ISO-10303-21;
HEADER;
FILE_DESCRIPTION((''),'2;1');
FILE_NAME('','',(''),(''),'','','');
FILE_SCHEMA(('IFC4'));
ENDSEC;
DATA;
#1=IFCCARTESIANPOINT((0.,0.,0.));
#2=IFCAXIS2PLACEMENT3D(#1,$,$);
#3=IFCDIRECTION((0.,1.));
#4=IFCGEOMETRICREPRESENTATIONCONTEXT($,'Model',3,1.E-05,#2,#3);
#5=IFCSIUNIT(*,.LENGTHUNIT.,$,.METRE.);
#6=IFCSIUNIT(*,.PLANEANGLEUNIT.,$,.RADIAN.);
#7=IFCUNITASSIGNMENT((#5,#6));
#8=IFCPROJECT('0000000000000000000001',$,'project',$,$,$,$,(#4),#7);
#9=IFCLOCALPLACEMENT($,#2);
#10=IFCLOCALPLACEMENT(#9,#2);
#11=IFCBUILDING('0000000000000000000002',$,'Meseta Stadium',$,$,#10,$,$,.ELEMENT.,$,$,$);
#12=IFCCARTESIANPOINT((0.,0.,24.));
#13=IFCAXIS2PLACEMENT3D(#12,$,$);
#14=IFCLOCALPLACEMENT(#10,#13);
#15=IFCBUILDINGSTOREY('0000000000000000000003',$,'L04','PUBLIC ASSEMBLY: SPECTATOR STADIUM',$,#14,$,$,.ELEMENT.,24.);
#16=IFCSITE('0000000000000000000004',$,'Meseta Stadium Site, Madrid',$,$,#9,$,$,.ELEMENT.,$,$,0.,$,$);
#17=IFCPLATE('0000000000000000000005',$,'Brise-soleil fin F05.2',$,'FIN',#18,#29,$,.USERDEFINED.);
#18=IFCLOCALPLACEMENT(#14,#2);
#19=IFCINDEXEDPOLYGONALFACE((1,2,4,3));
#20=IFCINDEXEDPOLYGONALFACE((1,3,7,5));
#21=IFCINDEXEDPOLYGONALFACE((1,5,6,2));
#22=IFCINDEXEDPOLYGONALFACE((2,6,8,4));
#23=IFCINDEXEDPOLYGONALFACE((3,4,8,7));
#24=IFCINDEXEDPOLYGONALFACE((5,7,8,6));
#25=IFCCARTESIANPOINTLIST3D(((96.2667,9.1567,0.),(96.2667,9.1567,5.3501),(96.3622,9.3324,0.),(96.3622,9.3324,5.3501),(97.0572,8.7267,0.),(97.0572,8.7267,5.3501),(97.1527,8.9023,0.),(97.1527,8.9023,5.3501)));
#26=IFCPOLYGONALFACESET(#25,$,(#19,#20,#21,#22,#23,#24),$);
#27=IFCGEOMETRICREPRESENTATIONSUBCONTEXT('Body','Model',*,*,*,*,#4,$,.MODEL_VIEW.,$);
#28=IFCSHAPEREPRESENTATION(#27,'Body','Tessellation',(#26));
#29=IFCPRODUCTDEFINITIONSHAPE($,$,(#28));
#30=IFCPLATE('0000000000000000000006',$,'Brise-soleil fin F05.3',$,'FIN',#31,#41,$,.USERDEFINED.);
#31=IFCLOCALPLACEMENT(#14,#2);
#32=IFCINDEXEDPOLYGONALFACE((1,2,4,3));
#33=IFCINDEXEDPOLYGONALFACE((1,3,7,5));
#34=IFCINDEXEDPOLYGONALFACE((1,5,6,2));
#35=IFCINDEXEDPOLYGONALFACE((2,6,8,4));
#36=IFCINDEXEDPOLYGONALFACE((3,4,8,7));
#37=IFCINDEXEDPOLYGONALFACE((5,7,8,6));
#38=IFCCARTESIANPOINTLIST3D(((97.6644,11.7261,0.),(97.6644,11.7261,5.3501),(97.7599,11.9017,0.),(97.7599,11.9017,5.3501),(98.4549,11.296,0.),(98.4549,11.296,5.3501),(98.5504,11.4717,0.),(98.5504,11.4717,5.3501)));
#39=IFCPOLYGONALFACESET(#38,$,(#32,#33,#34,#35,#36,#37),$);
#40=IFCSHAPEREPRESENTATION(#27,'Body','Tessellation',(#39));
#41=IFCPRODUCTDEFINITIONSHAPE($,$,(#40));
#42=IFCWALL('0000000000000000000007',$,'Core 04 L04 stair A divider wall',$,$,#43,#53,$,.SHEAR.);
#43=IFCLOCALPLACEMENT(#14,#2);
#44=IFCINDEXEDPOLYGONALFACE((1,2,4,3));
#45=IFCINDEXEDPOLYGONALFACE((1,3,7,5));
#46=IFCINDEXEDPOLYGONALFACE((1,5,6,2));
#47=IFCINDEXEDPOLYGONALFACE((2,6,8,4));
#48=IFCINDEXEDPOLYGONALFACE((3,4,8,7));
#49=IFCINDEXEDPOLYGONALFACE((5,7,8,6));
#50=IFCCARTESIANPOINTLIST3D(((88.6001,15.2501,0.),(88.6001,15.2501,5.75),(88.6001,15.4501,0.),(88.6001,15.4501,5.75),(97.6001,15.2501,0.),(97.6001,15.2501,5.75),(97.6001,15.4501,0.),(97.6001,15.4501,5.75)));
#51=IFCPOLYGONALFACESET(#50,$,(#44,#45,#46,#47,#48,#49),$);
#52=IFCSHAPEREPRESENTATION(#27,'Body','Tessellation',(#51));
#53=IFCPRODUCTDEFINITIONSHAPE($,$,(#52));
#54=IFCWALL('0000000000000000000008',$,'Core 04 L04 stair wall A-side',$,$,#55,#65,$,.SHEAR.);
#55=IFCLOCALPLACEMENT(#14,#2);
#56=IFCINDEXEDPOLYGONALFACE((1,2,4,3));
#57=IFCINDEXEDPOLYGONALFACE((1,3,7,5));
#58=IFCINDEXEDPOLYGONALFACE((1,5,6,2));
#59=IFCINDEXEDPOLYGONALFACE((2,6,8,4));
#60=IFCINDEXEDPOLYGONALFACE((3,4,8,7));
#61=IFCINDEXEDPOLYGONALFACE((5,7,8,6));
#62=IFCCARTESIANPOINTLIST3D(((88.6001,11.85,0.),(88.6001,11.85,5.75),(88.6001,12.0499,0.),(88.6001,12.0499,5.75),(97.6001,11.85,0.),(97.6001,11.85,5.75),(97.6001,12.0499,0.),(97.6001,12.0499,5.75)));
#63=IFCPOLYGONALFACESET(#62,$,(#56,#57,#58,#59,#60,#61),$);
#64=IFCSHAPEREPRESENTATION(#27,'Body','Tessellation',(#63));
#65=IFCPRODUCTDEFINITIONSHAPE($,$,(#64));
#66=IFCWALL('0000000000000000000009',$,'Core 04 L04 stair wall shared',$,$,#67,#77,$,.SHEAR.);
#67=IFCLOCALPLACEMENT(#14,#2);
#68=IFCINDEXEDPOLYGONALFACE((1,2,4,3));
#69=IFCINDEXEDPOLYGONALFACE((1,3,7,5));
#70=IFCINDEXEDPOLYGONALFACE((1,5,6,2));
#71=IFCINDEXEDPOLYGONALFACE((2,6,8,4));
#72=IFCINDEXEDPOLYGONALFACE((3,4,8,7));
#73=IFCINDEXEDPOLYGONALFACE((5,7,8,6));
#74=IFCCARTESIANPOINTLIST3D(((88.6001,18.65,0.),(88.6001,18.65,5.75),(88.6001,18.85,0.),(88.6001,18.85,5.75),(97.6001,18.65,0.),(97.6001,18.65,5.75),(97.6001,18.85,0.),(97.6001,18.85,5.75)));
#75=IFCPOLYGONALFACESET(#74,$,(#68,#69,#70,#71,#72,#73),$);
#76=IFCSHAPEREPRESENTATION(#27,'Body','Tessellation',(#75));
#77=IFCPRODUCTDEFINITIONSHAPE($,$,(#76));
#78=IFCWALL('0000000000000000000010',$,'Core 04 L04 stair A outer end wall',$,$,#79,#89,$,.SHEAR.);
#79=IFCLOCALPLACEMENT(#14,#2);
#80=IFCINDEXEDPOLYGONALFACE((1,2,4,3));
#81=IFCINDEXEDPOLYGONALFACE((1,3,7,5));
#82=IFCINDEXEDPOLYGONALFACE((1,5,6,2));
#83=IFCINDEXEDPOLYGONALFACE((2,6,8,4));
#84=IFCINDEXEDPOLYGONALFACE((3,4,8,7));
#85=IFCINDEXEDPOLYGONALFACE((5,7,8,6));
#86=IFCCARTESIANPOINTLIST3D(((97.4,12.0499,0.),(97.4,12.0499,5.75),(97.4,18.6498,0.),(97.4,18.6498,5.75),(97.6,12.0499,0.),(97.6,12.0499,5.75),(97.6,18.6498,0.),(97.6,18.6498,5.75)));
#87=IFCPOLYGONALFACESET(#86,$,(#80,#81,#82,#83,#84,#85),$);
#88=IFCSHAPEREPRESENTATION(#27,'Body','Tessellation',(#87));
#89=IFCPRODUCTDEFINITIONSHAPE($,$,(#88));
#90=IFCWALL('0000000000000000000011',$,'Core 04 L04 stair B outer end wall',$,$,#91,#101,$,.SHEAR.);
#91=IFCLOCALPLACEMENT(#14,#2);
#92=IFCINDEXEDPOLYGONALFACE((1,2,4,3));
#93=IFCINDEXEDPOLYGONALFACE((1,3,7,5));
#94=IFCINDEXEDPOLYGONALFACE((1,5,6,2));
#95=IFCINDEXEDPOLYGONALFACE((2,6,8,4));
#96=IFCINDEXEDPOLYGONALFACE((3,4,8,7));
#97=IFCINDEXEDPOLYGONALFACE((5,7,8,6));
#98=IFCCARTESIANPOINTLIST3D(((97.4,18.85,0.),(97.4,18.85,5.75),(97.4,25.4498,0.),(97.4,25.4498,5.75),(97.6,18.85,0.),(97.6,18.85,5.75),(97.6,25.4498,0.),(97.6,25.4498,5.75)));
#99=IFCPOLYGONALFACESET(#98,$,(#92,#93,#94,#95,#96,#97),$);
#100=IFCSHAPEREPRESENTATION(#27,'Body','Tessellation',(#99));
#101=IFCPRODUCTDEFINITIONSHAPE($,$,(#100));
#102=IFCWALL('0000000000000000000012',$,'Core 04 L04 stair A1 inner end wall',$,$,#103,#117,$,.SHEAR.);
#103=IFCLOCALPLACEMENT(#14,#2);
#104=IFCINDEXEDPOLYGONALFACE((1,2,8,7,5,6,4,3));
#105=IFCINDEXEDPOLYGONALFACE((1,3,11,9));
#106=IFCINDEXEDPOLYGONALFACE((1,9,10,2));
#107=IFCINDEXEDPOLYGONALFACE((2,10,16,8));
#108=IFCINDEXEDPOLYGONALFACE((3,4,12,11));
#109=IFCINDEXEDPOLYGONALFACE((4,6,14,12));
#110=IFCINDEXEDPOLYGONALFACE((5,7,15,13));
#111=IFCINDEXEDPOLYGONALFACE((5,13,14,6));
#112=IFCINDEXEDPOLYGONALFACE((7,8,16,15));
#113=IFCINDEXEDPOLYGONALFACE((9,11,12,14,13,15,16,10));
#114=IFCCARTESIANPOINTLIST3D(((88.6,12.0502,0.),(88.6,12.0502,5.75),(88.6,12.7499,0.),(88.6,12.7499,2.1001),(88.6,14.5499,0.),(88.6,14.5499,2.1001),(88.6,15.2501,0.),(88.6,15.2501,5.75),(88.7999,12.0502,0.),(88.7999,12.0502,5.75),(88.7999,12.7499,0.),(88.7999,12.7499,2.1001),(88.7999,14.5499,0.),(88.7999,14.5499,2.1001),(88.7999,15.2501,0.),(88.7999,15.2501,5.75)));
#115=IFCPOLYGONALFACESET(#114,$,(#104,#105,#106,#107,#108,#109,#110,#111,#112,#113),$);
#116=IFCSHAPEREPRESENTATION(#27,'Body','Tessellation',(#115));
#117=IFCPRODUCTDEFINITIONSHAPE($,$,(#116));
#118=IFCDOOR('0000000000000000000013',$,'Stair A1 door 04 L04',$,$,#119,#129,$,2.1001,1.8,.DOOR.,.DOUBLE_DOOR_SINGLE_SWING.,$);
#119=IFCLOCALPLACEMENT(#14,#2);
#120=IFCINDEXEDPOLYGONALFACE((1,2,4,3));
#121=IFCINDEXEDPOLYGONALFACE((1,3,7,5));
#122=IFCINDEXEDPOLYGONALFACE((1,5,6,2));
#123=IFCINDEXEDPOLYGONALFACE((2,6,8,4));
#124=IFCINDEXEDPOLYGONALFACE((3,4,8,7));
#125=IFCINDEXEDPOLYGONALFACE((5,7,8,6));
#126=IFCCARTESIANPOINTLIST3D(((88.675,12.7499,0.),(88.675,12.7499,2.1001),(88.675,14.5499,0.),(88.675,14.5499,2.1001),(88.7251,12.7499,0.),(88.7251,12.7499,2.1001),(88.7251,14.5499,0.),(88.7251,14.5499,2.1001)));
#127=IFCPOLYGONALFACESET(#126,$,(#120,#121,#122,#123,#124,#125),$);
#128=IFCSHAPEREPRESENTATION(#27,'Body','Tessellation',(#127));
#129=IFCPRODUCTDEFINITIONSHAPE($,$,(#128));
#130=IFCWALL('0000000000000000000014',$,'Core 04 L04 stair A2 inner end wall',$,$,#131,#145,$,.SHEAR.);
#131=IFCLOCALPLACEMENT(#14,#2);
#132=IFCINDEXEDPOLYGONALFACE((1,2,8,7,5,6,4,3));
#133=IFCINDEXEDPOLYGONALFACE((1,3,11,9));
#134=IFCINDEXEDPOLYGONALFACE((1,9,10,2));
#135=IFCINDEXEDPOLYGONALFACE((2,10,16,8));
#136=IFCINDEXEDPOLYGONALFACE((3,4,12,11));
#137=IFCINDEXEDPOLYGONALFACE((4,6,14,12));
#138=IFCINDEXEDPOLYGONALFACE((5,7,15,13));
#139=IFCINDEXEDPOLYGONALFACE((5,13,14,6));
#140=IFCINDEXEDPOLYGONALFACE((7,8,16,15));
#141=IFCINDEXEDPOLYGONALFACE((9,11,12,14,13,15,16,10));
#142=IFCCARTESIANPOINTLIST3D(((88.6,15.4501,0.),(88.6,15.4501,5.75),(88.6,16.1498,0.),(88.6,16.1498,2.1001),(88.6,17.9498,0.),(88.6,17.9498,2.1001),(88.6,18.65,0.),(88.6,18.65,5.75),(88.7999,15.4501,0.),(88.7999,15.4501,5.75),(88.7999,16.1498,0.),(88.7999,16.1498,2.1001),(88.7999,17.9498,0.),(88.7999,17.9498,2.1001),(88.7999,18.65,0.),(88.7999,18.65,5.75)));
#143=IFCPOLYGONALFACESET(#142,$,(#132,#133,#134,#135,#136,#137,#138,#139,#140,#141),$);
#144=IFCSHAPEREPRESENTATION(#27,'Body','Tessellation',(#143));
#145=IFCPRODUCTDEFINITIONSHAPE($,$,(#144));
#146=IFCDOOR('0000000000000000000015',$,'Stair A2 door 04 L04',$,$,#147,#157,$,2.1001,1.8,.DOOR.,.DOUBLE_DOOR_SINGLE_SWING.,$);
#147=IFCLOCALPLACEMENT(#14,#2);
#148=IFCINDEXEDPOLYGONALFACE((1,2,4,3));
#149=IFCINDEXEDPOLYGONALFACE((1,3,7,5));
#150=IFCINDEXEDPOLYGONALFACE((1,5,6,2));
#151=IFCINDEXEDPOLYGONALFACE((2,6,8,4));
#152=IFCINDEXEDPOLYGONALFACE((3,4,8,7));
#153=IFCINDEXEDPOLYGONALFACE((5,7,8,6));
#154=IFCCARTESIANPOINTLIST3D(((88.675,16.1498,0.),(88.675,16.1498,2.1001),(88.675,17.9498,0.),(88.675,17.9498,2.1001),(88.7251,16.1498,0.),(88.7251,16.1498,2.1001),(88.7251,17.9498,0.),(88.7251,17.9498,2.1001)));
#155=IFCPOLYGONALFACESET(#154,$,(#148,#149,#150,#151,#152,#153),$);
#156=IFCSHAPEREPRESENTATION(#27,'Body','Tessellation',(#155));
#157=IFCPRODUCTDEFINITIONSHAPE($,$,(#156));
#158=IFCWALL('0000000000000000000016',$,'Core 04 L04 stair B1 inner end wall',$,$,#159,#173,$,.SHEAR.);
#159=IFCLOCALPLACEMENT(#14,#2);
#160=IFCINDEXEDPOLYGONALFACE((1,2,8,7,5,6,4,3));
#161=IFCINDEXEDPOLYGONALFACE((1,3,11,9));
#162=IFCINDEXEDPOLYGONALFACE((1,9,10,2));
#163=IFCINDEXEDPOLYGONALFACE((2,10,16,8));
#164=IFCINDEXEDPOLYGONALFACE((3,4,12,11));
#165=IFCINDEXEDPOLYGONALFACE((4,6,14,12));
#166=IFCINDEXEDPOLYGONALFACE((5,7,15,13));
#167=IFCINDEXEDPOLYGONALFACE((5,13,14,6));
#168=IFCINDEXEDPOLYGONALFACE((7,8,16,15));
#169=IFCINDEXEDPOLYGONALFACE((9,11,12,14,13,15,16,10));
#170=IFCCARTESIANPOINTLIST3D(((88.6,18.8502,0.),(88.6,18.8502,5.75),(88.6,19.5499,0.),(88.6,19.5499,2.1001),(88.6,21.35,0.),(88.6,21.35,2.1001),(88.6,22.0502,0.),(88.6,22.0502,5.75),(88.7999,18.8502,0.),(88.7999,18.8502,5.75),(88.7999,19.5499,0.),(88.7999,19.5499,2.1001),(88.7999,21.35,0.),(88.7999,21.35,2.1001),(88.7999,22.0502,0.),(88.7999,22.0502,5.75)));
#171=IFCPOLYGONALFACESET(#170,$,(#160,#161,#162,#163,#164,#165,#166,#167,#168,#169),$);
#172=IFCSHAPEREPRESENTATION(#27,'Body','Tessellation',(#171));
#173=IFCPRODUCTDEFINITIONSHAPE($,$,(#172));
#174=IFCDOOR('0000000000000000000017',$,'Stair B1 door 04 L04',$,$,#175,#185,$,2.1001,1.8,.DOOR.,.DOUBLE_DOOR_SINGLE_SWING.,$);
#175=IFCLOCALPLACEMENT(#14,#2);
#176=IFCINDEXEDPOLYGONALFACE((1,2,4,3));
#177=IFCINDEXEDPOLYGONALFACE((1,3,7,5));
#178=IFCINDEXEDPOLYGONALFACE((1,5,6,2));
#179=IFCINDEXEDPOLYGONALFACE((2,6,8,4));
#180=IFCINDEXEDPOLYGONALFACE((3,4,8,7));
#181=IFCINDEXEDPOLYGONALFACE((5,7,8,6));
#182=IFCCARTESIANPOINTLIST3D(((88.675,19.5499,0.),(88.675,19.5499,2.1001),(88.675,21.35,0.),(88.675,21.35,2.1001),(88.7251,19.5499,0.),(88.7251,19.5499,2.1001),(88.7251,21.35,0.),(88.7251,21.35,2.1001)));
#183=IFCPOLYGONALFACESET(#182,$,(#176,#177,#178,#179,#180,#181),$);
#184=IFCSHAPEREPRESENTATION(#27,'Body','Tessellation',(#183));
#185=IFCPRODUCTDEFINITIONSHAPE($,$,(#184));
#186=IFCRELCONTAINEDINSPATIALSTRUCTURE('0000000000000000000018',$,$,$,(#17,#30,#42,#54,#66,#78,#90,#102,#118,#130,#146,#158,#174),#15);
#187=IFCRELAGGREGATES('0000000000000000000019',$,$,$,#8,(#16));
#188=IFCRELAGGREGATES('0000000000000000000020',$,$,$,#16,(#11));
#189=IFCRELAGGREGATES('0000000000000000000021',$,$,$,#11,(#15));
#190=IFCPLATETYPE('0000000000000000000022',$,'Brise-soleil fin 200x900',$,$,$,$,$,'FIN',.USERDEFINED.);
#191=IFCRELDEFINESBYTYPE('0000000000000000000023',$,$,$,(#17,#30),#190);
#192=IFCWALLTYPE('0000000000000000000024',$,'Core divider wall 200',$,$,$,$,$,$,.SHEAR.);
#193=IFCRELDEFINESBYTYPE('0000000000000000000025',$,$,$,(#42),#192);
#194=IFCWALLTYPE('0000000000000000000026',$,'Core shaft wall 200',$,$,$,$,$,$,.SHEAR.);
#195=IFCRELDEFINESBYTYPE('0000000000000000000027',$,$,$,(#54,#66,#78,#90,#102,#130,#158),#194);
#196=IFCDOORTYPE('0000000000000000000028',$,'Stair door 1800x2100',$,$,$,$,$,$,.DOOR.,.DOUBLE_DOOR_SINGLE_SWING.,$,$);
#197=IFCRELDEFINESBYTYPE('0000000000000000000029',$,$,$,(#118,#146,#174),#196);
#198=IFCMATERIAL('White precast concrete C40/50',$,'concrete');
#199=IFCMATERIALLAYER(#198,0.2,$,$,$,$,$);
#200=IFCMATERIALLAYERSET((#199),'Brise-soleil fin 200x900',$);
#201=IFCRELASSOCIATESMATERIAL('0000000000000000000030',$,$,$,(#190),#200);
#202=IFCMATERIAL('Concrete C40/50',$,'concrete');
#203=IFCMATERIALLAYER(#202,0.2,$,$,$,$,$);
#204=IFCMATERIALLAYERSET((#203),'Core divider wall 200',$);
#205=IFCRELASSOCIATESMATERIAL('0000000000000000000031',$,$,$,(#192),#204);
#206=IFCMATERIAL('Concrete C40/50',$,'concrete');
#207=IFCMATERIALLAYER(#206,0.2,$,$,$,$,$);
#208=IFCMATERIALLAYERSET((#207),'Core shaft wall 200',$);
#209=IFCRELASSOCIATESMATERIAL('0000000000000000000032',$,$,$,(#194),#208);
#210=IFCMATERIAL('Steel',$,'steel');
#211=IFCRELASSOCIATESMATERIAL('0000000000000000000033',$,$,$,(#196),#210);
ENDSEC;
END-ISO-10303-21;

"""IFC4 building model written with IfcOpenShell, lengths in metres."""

from ifc_helpers import new_model, si_unit, direction, frame, frame_2d, origin, origin_2d, place, context, subcontext, project, spatial, rectangle, extrude, material, layer, layer_set, type_object, element, fill, save


model = new_model("IFC4")

# Units and contexts
model_context = context("Model", 3, precision=1e-05, world=origin(), true_north=direction((0.0, 1.0)))
body_context = subcontext(model_context, "Body", "Model", "MODEL_VIEW")
ifc_project = project(units=[si_unit("LENGTHUNIT", "METRE"), si_unit("PLANEANGLEUNIT", "RADIAN")], contexts=[model_context])

# Site, building, storey
site_placement = place(None, origin())
site = spatial("IfcSite", under=ifc_project, at=site_placement, Name="Meseta Stadium Site, Madrid", CompositionType="ELEMENT", RefElevation=0.0)
building_placement = place(site_placement, origin())
building = spatial("IfcBuilding", under=site, at=building_placement, Name="Meseta Stadium", CompositionType="ELEMENT")
storey_placement = place(building_placement, frame((0.0, 0.0, 24.0)))
storey = spatial("IfcBuildingStorey", under=building, at=storey_placement, Name="L04", Description="PUBLIC ASSEMBLY: SPECTATOR STADIUM", CompositionType="ELEMENT", Elevation=24.0)

# Plates
ifc_material_1 = material(Name="White precast concrete C40/50", Category="concrete")
ifc_layer_1 = layer(ifc_material_1, 0.2)
ifc_layer_set_1 = layer_set([ifc_layer_1], Name="Brise-soleil fin 200x900")
plate_type = type_object("IfcPlateType", Name="Brise-soleil fin 200x900", ElementType="FIN", PredefinedType="USERDEFINED", material=ifc_layer_set_1)
for number, where, z_axis, x_axis, name in (
    (1, (96.7097, 9.0295, 0.0), (0.0, 0.0, 1.0), (0.477867, 0.878432, 0.0), "Brise-soleil fin F05.2"),
    (2, (98.1074, 11.5989, 0.0), (0.0, 0.0, 1.0), (0.477867, 0.878432, 0.0), "Brise-soleil fin F05.3"),
):
    element("IfcPlate", number, at=place(storey_placement, frame(where, z_axis=z_axis, x_axis=x_axis)), inside=storey, type_object=plate_type, Name=name, ObjectType="FIN", PredefinedType="USERDEFINED", context=body_context, shape_type="SweptSolid", body=[
        extrude(rectangle(XDim=0.2, YDim=0.8999, at=origin_2d()), origin(), (0.0, 0.0, 1.0), 5.3501),
    ])

# Walls
ifc_material_2 = material(Name="Concrete C40/50", Category="concrete")
ifc_layer_2 = layer(ifc_material_2, 0.2)
ifc_layer_set_2 = layer_set([ifc_layer_2], Name="Core divider wall 200")
wall_type_1 = type_object("IfcWallType", Name="Core divider wall 200", PredefinedType="SHEAR", material=ifc_layer_set_2)
wall_1_placement = place(storey_placement, frame((97.6001, 15.3501, 0.0), z_axis=(0.0, 0.0, 1.0), x_axis=(-1.0, 0.0, 0.0)))
element("IfcWall", 3, at=wall_1_placement, inside=storey, type_object=wall_type_1, Name="Core 04 L04 stair A divider wall", PredefinedType="SHEAR", context=body_context, shape_type="SweptSolid", body=[
    extrude(rectangle(XDim=9.0, YDim=0.2, at=frame_2d((4.5, 0.0))), origin(), (0.0, 0.0, 1.0), 5.75),
])
ifc_material_3 = material(Name="Concrete C40/50", Category="concrete")
ifc_layer_3 = layer(ifc_material_3, 0.2)
ifc_layer_set_3 = layer_set([ifc_layer_3], Name="Core shaft wall 200")
wall_type_2 = type_object("IfcWallType", Name="Core shaft wall 200", PredefinedType="SHEAR", material=ifc_layer_set_3)
for number, where, z_axis, x_axis, name in (
    (4, (97.6001, 11.95, 0.0), (0.0, 0.0, 1.0), (-1.0, 0.0, 0.0), "Core 04 L04 stair wall A-side"),
    (5, (97.6001, 18.75, 0.0), (0.0, 0.0, 1.0), (-1.0, 0.0, 0.0), "Core 04 L04 stair wall shared"),
):
    element("IfcWall", number, at=place(storey_placement, frame(where, z_axis=z_axis, x_axis=x_axis)), inside=storey, type_object=wall_type_2, Name=name, PredefinedType="SHEAR", context=body_context, shape_type="SweptSolid", body=[
        extrude(rectangle(XDim=9.0, YDim=0.2, at=frame_2d((4.5, 0.0))), origin(), (0.0, 0.0, 1.0), 5.75),
    ])
for number, where, z_axis, x_axis, name in (
    (6, (97.5, 12.05, 0.0), (0.0, 0.0, 1.0), (0.0, 1.0, 0.0), "Core 04 L04 stair A outer end wall"),
    (7, (97.5, 18.8501, 0.0), (0.0, 0.0, 1.0), (0.0, 1.0, 0.0), "Core 04 L04 stair B outer end wall"),
):
    element("IfcWall", number, at=place(storey_placement, frame(where, z_axis=z_axis, x_axis=x_axis)), inside=storey, type_object=wall_type_2, Name=name, PredefinedType="SHEAR", context=body_context, shape_type="SweptSolid", body=[
        extrude(rectangle(XDim=6.5999, YDim=0.2, at=frame_2d((3.2998, 0.0))), origin(), (0.0, 0.0, 1.0), 5.75),
    ])

# Walls, openings, doors
wall_2_placement = place(storey_placement, frame((88.7, 12.05, 0.0), z_axis=(0.0, 0.0, 1.0), x_axis=(0.0, 1.0, 0.0)))
wall_2 = element("IfcWall", 8, at=wall_2_placement, inside=storey, type_object=wall_type_2, Name="Core 04 L04 stair A1 inner end wall", PredefinedType="SHEAR", context=body_context, shape_type="SweptSolid", body=[
    extrude(rectangle(XDim=3.2, YDim=0.2, at=frame_2d((1.6001, 0.0))), origin(), (0.0, 0.0, 1.0), 5.75),
])
opening_1_placement = place(wall_2_placement, frame((0.7, 0.0, 0.0)))
opening_1 = element("IfcOpeningElement", 9, at=opening_1_placement, cuts=wall_2, PredefinedType="OPENING", context=body_context, shape_type="SweptSolid", body=[
    extrude(rectangle(XDim=1.8, YDim=2.1001, at=frame_2d((0.8999, 1.05))), frame((0.0, 0.1099, 0.0), z_axis=(0.0, -1.0, 0.0), x_axis=(1.0, 0.0, 0.0)), (0.0, 0.0, 1.0), 0.22),
])
ifc_material_4 = material(Name="Steel", Category="steel")
door_type = type_object("IfcDoorType", Name="Stair door 1800x2100", OperationType="DOUBLE_DOOR_SINGLE_SWING", PredefinedType="DOOR", material=ifc_material_4)
door_1_placement = place(opening_1_placement, origin())
door_1 = element("IfcDoor", 10, at=door_1_placement, inside=storey, type_object=door_type, Name="Stair A1 door 04 L04", OperationType="DOUBLE_DOOR_SINGLE_SWING", OverallHeight=2.1001, OverallWidth=1.8, PredefinedType="DOOR", context=body_context, shape_type="SweptSolid", body=[
    extrude(rectangle(XDim=1.8, YDim=2.1001, at=frame_2d((0.8999, 1.05))), frame((0.0, 0.0249, 0.0), z_axis=(0.0, -1.0, 0.0), x_axis=(1.0, 0.0, 0.0)), (0.0, 0.0, 1.0), 0.05),
])
fill(opening_1, door_1)
wall_3_placement = place(storey_placement, frame((88.7, 15.45, 0.0), z_axis=(0.0, 0.0, 1.0), x_axis=(0.0, 1.0, 0.0)))
wall_3 = element("IfcWall", 11, at=wall_3_placement, inside=storey, type_object=wall_type_2, Name="Core 04 L04 stair A2 inner end wall", PredefinedType="SHEAR", context=body_context, shape_type="SweptSolid", body=[
    extrude(rectangle(XDim=3.2, YDim=0.2, at=frame_2d((1.6001, 0.0))), origin(), (0.0, 0.0, 1.0), 5.75),
])
opening_2_placement = place(wall_3_placement, frame((0.7, 0.0, 0.0)))
opening_2 = element("IfcOpeningElement", 12, at=opening_2_placement, cuts=wall_3, PredefinedType="OPENING", context=body_context, shape_type="SweptSolid", body=[
    extrude(rectangle(XDim=1.8, YDim=2.1001, at=frame_2d((0.8999, 1.05))), frame((0.0, 0.1099, 0.0), z_axis=(0.0, -1.0, 0.0), x_axis=(1.0, 0.0, 0.0)), (0.0, 0.0, 1.0), 0.22),
])
door_2_placement = place(opening_2_placement, origin())
door_2 = element("IfcDoor", 13, at=door_2_placement, inside=storey, type_object=door_type, Name="Stair A2 door 04 L04", OperationType="DOUBLE_DOOR_SINGLE_SWING", OverallHeight=2.1001, OverallWidth=1.8, PredefinedType="DOOR", context=body_context, shape_type="SweptSolid", body=[
    extrude(rectangle(XDim=1.8, YDim=2.1001, at=frame_2d((0.8999, 1.05))), frame((0.0, 0.0249, 0.0), z_axis=(0.0, -1.0, 0.0), x_axis=(1.0, 0.0, 0.0)), (0.0, 0.0, 1.0), 0.05),
])
fill(opening_2, door_2)
wall_4_placement = place(storey_placement, frame((88.7, 18.8501, 0.0), z_axis=(0.0, 0.0, 1.0), x_axis=(0.0, 1.0, 0.0)))
wall_4 = element("IfcWall", 14, at=wall_4_placement, inside=storey, type_object=wall_type_2, Name="Core 04 L04 stair B1 inner end wall", PredefinedType="SHEAR", context=body_context, shape_type="SweptSolid", body=[
    extrude(rectangle(XDim=3.2, YDim=0.2, at=frame_2d((1.6001, 0.0))), origin(), (0.0, 0.0, 1.0), 5.75),
])
opening_3_placement = place(wall_4_placement, frame((0.7, 0.0, 0.0)))
opening_3 = element("IfcOpeningElement", 15, at=opening_3_placement, cuts=wall_4, PredefinedType="OPENING", context=body_context, shape_type="SweptSolid", body=[
    extrude(rectangle(XDim=1.8, YDim=2.1001, at=frame_2d((0.8999, 1.05))), frame((0.0, 0.1099, 0.0), z_axis=(0.0, -1.0, 0.0), x_axis=(1.0, 0.0, 0.0)), (0.0, 0.0, 1.0), 0.22),
])
door_3_placement = place(opening_3_placement, origin())
door_3 = element("IfcDoor", 16, at=door_3_placement, inside=storey, type_object=door_type, Name="Stair B1 door 04 L04", OperationType="DOUBLE_DOOR_SINGLE_SWING", OverallHeight=2.1001, OverallWidth=1.8, PredefinedType="DOOR", context=body_context, shape_type="SweptSolid", body=[
    extrude(rectangle(XDim=1.8, YDim=2.1001, at=frame_2d((0.8999, 1.05))), frame((0.0, 0.0249, 0.0), z_axis=(0.0, -1.0, 0.0), x_axis=(1.0, 0.0, 0.0)), (0.0, 0.0, 1.0), 0.05),
])
fill(opening_3, door_3)

save(model, "model.ifc")
